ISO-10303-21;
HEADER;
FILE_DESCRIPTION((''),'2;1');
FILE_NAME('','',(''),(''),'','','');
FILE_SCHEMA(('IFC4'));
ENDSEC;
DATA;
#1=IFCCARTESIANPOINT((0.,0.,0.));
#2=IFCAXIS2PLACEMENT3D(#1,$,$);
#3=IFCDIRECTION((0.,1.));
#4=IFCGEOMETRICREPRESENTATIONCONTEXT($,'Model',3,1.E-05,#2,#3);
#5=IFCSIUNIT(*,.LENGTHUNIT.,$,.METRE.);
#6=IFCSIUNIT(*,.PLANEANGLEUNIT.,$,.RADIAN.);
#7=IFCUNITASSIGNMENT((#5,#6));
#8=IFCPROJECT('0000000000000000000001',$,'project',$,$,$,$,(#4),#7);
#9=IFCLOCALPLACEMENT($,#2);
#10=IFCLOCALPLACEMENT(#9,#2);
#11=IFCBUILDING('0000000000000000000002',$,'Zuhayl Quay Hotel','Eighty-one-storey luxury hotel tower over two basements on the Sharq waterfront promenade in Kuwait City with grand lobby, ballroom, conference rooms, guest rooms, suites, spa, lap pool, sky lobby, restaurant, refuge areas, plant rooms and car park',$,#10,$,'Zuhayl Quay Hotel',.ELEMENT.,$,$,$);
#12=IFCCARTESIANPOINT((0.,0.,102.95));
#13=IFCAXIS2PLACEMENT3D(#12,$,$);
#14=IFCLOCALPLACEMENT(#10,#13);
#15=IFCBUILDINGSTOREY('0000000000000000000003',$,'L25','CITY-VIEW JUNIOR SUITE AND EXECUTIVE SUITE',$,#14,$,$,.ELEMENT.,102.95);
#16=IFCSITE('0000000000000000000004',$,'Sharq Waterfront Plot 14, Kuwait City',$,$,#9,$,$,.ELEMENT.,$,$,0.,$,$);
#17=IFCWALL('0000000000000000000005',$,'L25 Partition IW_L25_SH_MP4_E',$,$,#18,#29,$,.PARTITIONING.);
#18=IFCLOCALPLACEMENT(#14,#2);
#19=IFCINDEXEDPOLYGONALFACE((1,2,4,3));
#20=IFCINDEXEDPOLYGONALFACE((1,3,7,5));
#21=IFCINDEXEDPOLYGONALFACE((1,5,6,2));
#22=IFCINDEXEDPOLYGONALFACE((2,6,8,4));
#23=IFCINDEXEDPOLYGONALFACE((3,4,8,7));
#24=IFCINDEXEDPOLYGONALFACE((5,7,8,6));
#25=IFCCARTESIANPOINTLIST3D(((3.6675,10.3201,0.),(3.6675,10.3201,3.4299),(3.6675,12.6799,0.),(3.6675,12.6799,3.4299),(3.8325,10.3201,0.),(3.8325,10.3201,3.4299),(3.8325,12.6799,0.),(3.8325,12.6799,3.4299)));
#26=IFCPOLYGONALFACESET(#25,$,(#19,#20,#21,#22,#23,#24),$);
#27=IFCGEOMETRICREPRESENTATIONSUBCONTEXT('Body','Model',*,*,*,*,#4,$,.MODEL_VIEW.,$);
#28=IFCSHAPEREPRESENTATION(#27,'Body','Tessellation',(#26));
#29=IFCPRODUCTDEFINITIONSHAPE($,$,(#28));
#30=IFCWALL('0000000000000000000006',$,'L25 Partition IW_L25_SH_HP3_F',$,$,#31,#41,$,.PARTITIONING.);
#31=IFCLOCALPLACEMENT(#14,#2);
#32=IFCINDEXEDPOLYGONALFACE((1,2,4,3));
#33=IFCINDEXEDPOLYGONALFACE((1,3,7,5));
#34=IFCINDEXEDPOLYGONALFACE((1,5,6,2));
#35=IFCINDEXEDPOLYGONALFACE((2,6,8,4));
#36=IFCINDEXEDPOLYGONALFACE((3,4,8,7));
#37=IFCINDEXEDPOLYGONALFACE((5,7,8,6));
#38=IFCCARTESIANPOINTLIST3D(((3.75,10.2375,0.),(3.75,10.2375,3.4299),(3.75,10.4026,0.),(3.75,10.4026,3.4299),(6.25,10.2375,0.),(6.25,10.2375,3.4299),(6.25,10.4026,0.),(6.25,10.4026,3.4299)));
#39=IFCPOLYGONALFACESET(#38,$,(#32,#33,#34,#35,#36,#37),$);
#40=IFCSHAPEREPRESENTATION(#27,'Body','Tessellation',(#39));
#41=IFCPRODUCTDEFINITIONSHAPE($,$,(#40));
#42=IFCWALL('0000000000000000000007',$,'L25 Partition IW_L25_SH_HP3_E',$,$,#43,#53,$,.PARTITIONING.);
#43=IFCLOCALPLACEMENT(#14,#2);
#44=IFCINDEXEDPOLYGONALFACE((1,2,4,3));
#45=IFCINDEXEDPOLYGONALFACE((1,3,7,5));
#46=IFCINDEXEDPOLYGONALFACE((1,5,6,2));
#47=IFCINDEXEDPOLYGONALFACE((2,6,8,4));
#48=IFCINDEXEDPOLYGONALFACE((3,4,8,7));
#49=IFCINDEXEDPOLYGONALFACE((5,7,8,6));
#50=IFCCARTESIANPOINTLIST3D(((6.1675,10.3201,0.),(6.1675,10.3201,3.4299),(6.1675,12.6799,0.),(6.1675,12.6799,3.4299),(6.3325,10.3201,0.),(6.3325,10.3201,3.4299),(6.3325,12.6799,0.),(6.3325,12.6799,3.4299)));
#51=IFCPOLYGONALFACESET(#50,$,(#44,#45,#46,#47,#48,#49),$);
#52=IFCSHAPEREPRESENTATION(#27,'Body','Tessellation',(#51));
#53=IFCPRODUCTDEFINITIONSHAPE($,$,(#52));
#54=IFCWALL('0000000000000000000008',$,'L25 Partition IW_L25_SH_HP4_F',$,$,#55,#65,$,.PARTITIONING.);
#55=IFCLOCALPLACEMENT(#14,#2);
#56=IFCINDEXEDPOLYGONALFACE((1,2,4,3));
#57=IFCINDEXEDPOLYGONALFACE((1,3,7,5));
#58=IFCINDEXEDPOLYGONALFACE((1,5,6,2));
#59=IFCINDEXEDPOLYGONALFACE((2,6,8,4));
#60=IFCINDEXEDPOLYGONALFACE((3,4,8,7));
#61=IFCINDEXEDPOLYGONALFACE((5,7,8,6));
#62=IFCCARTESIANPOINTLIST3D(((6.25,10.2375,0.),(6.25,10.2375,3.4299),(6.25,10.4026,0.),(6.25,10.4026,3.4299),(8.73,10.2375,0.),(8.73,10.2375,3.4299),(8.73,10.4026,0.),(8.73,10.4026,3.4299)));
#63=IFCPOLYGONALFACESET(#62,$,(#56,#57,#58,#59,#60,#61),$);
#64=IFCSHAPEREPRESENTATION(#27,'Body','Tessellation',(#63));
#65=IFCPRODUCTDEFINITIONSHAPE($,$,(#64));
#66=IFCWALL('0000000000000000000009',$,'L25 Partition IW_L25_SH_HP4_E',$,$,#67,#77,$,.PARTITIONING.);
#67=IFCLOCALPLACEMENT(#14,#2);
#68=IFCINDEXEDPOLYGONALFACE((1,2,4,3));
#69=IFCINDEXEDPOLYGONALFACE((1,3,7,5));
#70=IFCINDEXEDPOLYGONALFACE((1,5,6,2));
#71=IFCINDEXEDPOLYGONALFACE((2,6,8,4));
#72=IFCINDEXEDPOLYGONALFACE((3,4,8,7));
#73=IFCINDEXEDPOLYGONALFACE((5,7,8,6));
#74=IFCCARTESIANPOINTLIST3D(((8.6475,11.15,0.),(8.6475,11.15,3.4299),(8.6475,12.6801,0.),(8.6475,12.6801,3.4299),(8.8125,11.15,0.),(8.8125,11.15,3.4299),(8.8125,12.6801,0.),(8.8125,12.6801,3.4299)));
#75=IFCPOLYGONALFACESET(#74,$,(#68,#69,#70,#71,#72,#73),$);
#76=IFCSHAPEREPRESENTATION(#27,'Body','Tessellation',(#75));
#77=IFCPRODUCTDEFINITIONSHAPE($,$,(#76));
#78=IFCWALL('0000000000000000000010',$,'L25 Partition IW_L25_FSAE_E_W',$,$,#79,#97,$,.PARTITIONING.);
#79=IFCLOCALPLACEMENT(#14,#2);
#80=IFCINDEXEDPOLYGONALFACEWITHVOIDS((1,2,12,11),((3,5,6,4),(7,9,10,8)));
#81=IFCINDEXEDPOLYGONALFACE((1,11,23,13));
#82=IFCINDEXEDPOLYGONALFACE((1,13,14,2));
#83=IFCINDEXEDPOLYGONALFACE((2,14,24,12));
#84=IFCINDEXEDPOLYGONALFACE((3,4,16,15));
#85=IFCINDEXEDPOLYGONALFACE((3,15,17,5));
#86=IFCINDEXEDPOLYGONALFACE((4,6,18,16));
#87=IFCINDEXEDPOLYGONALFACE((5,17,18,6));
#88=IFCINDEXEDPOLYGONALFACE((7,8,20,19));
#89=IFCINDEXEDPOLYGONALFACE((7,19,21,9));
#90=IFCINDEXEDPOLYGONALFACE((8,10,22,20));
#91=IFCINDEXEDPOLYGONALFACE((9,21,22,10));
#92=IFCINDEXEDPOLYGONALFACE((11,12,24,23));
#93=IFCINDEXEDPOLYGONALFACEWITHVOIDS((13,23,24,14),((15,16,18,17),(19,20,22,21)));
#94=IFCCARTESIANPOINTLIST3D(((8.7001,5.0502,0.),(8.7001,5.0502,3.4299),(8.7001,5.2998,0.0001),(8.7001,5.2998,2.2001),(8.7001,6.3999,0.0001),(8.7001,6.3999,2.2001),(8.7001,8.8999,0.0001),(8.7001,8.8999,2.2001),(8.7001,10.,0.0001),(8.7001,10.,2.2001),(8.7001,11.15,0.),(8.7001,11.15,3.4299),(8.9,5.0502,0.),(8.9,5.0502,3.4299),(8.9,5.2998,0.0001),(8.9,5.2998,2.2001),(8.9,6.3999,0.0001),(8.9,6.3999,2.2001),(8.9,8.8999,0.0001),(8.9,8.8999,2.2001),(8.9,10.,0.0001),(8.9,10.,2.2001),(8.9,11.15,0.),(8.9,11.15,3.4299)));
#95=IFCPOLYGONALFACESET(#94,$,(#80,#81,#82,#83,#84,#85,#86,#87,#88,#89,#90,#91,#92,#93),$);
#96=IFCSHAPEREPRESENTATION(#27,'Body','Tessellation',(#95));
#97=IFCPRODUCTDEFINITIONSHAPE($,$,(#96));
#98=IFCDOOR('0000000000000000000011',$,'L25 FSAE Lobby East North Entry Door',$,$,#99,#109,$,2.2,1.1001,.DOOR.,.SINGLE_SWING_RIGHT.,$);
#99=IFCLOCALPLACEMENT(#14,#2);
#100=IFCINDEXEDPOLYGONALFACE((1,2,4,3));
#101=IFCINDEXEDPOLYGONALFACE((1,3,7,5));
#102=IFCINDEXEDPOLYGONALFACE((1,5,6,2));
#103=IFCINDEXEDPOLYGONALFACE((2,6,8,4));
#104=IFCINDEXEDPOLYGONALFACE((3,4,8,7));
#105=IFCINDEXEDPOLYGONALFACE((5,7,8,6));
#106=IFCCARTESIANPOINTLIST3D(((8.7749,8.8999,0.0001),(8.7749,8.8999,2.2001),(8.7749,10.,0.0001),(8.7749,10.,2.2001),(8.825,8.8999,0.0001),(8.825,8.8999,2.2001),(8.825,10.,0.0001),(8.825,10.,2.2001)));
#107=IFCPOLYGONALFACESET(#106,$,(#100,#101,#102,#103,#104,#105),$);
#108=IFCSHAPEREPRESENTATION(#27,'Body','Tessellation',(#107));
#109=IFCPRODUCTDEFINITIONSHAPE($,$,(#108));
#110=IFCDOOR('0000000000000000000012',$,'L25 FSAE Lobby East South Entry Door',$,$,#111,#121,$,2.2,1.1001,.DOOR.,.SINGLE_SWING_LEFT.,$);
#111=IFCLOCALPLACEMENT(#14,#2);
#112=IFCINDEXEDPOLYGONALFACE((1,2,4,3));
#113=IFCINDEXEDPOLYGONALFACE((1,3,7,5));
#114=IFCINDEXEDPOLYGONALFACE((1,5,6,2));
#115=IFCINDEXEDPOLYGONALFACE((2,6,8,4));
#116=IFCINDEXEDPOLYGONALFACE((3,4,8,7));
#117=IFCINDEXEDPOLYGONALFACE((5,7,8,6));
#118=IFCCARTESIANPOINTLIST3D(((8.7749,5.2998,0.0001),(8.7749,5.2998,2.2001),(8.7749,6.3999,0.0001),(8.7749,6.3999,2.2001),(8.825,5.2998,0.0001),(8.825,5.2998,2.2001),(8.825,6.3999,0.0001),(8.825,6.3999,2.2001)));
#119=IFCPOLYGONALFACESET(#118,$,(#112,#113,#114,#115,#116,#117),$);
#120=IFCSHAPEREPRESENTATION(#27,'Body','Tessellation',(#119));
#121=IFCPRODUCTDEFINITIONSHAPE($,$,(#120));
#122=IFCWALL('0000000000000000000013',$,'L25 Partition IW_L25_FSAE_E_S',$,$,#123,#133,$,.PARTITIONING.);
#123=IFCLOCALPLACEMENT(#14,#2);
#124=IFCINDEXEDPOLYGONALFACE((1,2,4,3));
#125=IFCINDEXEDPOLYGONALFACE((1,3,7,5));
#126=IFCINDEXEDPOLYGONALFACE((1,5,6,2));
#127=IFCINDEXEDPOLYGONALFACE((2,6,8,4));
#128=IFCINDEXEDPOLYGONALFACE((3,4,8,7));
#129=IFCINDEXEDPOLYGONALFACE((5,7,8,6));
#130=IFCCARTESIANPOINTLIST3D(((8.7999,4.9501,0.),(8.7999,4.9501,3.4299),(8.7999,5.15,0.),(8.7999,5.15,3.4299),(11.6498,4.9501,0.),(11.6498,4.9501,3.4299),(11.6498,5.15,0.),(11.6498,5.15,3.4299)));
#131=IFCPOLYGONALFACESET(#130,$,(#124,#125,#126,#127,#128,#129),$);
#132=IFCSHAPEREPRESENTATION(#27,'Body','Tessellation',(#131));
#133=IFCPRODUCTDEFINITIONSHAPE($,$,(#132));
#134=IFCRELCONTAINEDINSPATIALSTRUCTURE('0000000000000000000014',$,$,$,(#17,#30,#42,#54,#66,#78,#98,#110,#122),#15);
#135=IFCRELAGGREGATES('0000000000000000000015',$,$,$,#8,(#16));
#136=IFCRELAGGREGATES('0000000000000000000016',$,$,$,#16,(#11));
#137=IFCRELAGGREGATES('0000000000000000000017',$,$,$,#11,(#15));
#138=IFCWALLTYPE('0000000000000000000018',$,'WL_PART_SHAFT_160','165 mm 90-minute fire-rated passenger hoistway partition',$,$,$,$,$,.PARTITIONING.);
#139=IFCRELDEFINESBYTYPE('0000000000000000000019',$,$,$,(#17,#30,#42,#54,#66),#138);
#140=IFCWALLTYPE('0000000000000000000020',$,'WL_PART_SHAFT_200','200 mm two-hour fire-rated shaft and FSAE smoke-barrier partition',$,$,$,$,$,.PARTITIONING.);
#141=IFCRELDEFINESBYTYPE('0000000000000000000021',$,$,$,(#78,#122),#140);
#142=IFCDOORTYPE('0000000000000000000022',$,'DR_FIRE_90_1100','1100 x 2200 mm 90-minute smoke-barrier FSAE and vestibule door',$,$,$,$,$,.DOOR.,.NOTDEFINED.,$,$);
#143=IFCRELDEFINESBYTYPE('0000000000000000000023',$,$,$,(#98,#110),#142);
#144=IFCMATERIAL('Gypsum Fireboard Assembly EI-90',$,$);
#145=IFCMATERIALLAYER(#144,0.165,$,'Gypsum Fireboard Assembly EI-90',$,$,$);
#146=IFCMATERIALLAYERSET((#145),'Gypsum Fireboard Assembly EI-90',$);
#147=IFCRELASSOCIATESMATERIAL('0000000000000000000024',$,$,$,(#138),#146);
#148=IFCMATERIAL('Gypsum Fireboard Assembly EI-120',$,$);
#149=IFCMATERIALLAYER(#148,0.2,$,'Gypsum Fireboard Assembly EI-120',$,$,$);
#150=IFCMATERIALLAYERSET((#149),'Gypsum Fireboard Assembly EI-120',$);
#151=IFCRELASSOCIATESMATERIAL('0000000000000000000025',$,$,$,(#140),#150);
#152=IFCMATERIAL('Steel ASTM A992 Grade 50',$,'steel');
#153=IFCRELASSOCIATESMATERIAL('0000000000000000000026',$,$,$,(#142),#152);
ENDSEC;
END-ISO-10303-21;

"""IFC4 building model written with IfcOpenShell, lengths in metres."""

from ifc_helpers import new_model, si_unit, direction, frame, frame_2d, origin, place, context, subcontext, project, spatial, rectangle, extrude, material, layer, layer_set, type_object, element, fill, save


model = new_model("IFC4")

# Units and contexts
model_context = context("Model", 3, precision=1e-05, world=origin(), true_north=direction((0.0, 1.0)))
body_context = subcontext(model_context, "Body", "Model", "MODEL_VIEW")
ifc_project = project(units=[si_unit("LENGTHUNIT", "METRE"), si_unit("PLANEANGLEUNIT", "RADIAN")], contexts=[model_context])

# Site, building, storey
site_placement = place(None, origin())
site = spatial("IfcSite", under=ifc_project, at=site_placement, Name="Sharq Waterfront Plot 14, Kuwait City", CompositionType="ELEMENT", RefElevation=0.0)
building_placement = place(site_placement, origin())
building = spatial("IfcBuilding", under=site, at=building_placement, Name="Zuhayl Quay Hotel", Description="Eighty-one-storey luxury hotel tower over two basements on the Sharq waterfront promenade in Kuwait City with grand lobby, ballroom, conference rooms, guest rooms, suites, spa, lap pool, sky lobby, restaurant, refuge areas, plant rooms and car park", LongName="Zuhayl Quay Hotel", CompositionType="ELEMENT")
storey_placement = place(building_placement, frame((0.0, 0.0, 102.95)))
storey = spatial("IfcBuildingStorey", under=building, at=storey_placement, Name="L25", Description="CITY-VIEW JUNIOR SUITE AND EXECUTIVE SUITE", CompositionType="ELEMENT", Elevation=102.95)

# Shared definitions
ifc_material_1 = material(Name="Steel ASTM A992 Grade 50", Category="steel")

# Shared definitions
ifc_material_2 = material(Name="Gypsum Fireboard Assembly EI-90")
ifc_layer_1 = layer(ifc_material_2, 0.165, Name="Gypsum Fireboard Assembly EI-90")
ifc_layer_set_1 = layer_set([ifc_layer_1], Name="Gypsum Fireboard Assembly EI-90")
wall_type_1 = type_object("IfcWallType", Name="WL_PART_SHAFT_160", Description="165 mm 90-minute fire-rated passenger hoistway partition", PredefinedType="PARTITIONING", material=ifc_layer_set_1)

# Walls
for number, where, z_axis, x_axis, name in (
    (1, (3.75, 10.3201, 0.0), (0.0, 0.0, 1.0), (0.0, 1.0, 0.0), "L25 Partition IW_L25_SH_MP4_E"),
):
    element("IfcWall", number, at=place(storey_placement, frame(where, z_axis=z_axis, x_axis=x_axis)), inside=storey, type_object=wall_type_1, Name=name, PredefinedType="PARTITIONING", context=body_context, shape_type="SweptSolid", body=[
        extrude(rectangle(XDim=2.3599, YDim=0.165, at=frame_2d((1.1799, 0.0))), origin(), (0.0, 0.0, 1.0), 3.4299),
    ])
wall_1_placement = place(storey_placement, frame((3.75, 10.3201, 0.0), z_axis=(0.0, 0.0, 1.0), x_axis=(1.0, 0.0, 0.0)))
element("IfcWall", 2, at=wall_1_placement, inside=storey, type_object=wall_type_1, Name="L25 Partition IW_L25_SH_HP3_F", PredefinedType="PARTITIONING", context=body_context, shape_type="SweptSolid", body=[
    extrude(rectangle(XDim=2.5, YDim=0.165, at=frame_2d((1.25, 0.0))), origin(), (0.0, 0.0, 1.0), 3.4299),
])
wall_2_placement = place(storey_placement, frame((6.25, 10.3201, 0.0), z_axis=(0.0, 0.0, 1.0), x_axis=(0.0, 1.0, 0.0)))
element("IfcWall", 3, at=wall_2_placement, inside=storey, type_object=wall_type_1, Name="L25 Partition IW_L25_SH_HP3_E", PredefinedType="PARTITIONING", context=body_context, shape_type="SweptSolid", body=[
    extrude(rectangle(XDim=2.3599, YDim=0.165, at=frame_2d((1.1799, 0.0))), origin(), (0.0, 0.0, 1.0), 3.4299),
])
wall_3_placement = place(storey_placement, frame((6.25, 10.3201, 0.0), z_axis=(0.0, 0.0, 1.0), x_axis=(1.0, 0.0, 0.0)))
element("IfcWall", 4, at=wall_3_placement, inside=storey, type_object=wall_type_1, Name="L25 Partition IW_L25_SH_HP4_F", PredefinedType="PARTITIONING", context=body_context, shape_type="SweptSolid", body=[
    extrude(rectangle(XDim=2.48, YDim=0.165, at=frame_2d((1.24, 0.0))), origin(), (0.0, 0.0, 1.0), 3.4299),
])
wall_4_placement = place(storey_placement, frame((8.73, 11.1499, 0.0), z_axis=(0.0, 0.0, 1.0), x_axis=(0.0, 1.0, 0.0)))
element("IfcWall", 5, at=wall_4_placement, inside=storey, type_object=wall_type_1, Name="L25 Partition IW_L25_SH_HP4_E", PredefinedType="PARTITIONING", context=body_context, shape_type="SweptSolid", body=[
    extrude(rectangle(XDim=1.53, YDim=0.165, at=frame_2d((0.7651, 0.0))), origin(), (0.0, 0.0, 1.0), 3.4299),
])

# Wall, openings, doors
ifc_material_3 = material(Name="Gypsum Fireboard Assembly EI-120")
ifc_layer_2 = layer(ifc_material_3, 0.2, Name="Gypsum Fireboard Assembly EI-120")
ifc_layer_set_2 = layer_set([ifc_layer_2], Name="Gypsum Fireboard Assembly EI-120")
wall_type_2 = type_object("IfcWallType", Name="WL_PART_SHAFT_200", Description="200 mm two-hour fire-rated shaft and FSAE smoke-barrier partition", PredefinedType="PARTITIONING", material=ifc_layer_set_2)
wall_5_placement = place(storey_placement, frame((8.8, 11.1499, 0.0), z_axis=(0.0, 0.0, 1.0), x_axis=(0.0, -1.0, 0.0)))
wall_5 = element("IfcWall", 6, at=wall_5_placement, inside=storey, type_object=wall_type_2, Name="L25 Partition IW_L25_FSAE_E_W", PredefinedType="PARTITIONING", context=body_context, shape_type="SweptSolid", body=[
    extrude(rectangle(XDim=6.0999, YDim=0.2, at=frame_2d((3.0498, 0.0))), origin(), (0.0, 0.0, 1.0), 3.4299),
])
opening_1_placement = place(wall_5_placement, frame((1.1499, 0.0, 0.0)))
opening_1 = element("IfcOpeningElement", 7, at=opening_1_placement, cuts=wall_5, PredefinedType="OPENING", context=body_context, shape_type="SweptSolid", body=[
    extrude(rectangle(XDim=1.1001, YDim=2.2, at=frame_2d((0.55, 1.1001))), frame((0.0, 0.1099, 0.0), z_axis=(0.0, -1.0, 0.0), x_axis=(1.0, 0.0, 0.0)), (0.0, 0.0, 1.0), 0.22),
])
opening_2_placement = place(wall_5_placement, frame((4.75, 0.0, 0.0)))
opening_2 = element("IfcOpeningElement", 8, at=opening_2_placement, cuts=wall_5, PredefinedType="OPENING", context=body_context, shape_type="SweptSolid", body=[
    extrude(rectangle(XDim=1.1001, YDim=2.2, at=frame_2d((0.55, 1.1001))), frame((0.0, 0.1099, 0.0), z_axis=(0.0, -1.0, 0.0), x_axis=(1.0, 0.0, 0.0)), (0.0, 0.0, 1.0), 0.22),
])
door_type_1 = type_object("IfcDoorType", Name="DR_FIRE_90_1100", Description="1100 x 2200 mm 90-minute smoke-barrier FSAE and vestibule door", OperationType="NOTDEFINED", PredefinedType="DOOR", material=ifc_material_1)
door_1_placement = place(opening_1_placement, origin())
door_1 = element("IfcDoor", 9, at=door_1_placement, inside=storey, type_object=door_type_1, Name="L25 FSAE Lobby East North Entry Door", OperationType="SINGLE_SWING_RIGHT", OverallHeight=2.2, OverallWidth=1.1001, PredefinedType="DOOR", context=body_context, shape_type="SweptSolid", body=[
    extrude(rectangle(XDim=1.1001, YDim=2.2, at=frame_2d((0.55, 1.1001))), frame((0.0, 0.0249, 0.0), z_axis=(0.0, -1.0, 0.0), x_axis=(1.0, 0.0, 0.0)), (0.0, 0.0, 1.0), 0.05),
])
fill(opening_1, door_1)
door_2_placement = place(opening_2_placement, origin())
door_2 = element("IfcDoor", 10, at=door_2_placement, inside=storey, type_object=door_type_1, Name="L25 FSAE Lobby East South Entry Door", OperationType="SINGLE_SWING_LEFT", OverallHeight=2.2, OverallWidth=1.1001, PredefinedType="DOOR", context=body_context, shape_type="SweptSolid", body=[
    extrude(rectangle(XDim=1.1001, YDim=2.2, at=frame_2d((0.55, 1.1001))), frame((0.0, 0.0249, 0.0), z_axis=(0.0, -1.0, 0.0), x_axis=(1.0, 0.0, 0.0)), (0.0, 0.0, 1.0), 0.05),
])
fill(opening_2, door_2)

# Wall
wall_6_placement = place(storey_placement, frame((8.8, 5.05, 0.0), z_axis=(0.0, 0.0, 1.0), x_axis=(1.0, 0.0, 0.0)))
element("IfcWall", 11, at=wall_6_placement, inside=storey, type_object=wall_type_2, Name="L25 Partition IW_L25_FSAE_E_S", PredefinedType="PARTITIONING", context=body_context, shape_type="SweptSolid", body=[
    extrude(rectangle(XDim=2.8499, YDim=0.2, at=frame_2d((1.4248, 0.0))), origin(), (0.0, 0.0, 1.0), 3.4299),
])

save(model, "model.ifc")
